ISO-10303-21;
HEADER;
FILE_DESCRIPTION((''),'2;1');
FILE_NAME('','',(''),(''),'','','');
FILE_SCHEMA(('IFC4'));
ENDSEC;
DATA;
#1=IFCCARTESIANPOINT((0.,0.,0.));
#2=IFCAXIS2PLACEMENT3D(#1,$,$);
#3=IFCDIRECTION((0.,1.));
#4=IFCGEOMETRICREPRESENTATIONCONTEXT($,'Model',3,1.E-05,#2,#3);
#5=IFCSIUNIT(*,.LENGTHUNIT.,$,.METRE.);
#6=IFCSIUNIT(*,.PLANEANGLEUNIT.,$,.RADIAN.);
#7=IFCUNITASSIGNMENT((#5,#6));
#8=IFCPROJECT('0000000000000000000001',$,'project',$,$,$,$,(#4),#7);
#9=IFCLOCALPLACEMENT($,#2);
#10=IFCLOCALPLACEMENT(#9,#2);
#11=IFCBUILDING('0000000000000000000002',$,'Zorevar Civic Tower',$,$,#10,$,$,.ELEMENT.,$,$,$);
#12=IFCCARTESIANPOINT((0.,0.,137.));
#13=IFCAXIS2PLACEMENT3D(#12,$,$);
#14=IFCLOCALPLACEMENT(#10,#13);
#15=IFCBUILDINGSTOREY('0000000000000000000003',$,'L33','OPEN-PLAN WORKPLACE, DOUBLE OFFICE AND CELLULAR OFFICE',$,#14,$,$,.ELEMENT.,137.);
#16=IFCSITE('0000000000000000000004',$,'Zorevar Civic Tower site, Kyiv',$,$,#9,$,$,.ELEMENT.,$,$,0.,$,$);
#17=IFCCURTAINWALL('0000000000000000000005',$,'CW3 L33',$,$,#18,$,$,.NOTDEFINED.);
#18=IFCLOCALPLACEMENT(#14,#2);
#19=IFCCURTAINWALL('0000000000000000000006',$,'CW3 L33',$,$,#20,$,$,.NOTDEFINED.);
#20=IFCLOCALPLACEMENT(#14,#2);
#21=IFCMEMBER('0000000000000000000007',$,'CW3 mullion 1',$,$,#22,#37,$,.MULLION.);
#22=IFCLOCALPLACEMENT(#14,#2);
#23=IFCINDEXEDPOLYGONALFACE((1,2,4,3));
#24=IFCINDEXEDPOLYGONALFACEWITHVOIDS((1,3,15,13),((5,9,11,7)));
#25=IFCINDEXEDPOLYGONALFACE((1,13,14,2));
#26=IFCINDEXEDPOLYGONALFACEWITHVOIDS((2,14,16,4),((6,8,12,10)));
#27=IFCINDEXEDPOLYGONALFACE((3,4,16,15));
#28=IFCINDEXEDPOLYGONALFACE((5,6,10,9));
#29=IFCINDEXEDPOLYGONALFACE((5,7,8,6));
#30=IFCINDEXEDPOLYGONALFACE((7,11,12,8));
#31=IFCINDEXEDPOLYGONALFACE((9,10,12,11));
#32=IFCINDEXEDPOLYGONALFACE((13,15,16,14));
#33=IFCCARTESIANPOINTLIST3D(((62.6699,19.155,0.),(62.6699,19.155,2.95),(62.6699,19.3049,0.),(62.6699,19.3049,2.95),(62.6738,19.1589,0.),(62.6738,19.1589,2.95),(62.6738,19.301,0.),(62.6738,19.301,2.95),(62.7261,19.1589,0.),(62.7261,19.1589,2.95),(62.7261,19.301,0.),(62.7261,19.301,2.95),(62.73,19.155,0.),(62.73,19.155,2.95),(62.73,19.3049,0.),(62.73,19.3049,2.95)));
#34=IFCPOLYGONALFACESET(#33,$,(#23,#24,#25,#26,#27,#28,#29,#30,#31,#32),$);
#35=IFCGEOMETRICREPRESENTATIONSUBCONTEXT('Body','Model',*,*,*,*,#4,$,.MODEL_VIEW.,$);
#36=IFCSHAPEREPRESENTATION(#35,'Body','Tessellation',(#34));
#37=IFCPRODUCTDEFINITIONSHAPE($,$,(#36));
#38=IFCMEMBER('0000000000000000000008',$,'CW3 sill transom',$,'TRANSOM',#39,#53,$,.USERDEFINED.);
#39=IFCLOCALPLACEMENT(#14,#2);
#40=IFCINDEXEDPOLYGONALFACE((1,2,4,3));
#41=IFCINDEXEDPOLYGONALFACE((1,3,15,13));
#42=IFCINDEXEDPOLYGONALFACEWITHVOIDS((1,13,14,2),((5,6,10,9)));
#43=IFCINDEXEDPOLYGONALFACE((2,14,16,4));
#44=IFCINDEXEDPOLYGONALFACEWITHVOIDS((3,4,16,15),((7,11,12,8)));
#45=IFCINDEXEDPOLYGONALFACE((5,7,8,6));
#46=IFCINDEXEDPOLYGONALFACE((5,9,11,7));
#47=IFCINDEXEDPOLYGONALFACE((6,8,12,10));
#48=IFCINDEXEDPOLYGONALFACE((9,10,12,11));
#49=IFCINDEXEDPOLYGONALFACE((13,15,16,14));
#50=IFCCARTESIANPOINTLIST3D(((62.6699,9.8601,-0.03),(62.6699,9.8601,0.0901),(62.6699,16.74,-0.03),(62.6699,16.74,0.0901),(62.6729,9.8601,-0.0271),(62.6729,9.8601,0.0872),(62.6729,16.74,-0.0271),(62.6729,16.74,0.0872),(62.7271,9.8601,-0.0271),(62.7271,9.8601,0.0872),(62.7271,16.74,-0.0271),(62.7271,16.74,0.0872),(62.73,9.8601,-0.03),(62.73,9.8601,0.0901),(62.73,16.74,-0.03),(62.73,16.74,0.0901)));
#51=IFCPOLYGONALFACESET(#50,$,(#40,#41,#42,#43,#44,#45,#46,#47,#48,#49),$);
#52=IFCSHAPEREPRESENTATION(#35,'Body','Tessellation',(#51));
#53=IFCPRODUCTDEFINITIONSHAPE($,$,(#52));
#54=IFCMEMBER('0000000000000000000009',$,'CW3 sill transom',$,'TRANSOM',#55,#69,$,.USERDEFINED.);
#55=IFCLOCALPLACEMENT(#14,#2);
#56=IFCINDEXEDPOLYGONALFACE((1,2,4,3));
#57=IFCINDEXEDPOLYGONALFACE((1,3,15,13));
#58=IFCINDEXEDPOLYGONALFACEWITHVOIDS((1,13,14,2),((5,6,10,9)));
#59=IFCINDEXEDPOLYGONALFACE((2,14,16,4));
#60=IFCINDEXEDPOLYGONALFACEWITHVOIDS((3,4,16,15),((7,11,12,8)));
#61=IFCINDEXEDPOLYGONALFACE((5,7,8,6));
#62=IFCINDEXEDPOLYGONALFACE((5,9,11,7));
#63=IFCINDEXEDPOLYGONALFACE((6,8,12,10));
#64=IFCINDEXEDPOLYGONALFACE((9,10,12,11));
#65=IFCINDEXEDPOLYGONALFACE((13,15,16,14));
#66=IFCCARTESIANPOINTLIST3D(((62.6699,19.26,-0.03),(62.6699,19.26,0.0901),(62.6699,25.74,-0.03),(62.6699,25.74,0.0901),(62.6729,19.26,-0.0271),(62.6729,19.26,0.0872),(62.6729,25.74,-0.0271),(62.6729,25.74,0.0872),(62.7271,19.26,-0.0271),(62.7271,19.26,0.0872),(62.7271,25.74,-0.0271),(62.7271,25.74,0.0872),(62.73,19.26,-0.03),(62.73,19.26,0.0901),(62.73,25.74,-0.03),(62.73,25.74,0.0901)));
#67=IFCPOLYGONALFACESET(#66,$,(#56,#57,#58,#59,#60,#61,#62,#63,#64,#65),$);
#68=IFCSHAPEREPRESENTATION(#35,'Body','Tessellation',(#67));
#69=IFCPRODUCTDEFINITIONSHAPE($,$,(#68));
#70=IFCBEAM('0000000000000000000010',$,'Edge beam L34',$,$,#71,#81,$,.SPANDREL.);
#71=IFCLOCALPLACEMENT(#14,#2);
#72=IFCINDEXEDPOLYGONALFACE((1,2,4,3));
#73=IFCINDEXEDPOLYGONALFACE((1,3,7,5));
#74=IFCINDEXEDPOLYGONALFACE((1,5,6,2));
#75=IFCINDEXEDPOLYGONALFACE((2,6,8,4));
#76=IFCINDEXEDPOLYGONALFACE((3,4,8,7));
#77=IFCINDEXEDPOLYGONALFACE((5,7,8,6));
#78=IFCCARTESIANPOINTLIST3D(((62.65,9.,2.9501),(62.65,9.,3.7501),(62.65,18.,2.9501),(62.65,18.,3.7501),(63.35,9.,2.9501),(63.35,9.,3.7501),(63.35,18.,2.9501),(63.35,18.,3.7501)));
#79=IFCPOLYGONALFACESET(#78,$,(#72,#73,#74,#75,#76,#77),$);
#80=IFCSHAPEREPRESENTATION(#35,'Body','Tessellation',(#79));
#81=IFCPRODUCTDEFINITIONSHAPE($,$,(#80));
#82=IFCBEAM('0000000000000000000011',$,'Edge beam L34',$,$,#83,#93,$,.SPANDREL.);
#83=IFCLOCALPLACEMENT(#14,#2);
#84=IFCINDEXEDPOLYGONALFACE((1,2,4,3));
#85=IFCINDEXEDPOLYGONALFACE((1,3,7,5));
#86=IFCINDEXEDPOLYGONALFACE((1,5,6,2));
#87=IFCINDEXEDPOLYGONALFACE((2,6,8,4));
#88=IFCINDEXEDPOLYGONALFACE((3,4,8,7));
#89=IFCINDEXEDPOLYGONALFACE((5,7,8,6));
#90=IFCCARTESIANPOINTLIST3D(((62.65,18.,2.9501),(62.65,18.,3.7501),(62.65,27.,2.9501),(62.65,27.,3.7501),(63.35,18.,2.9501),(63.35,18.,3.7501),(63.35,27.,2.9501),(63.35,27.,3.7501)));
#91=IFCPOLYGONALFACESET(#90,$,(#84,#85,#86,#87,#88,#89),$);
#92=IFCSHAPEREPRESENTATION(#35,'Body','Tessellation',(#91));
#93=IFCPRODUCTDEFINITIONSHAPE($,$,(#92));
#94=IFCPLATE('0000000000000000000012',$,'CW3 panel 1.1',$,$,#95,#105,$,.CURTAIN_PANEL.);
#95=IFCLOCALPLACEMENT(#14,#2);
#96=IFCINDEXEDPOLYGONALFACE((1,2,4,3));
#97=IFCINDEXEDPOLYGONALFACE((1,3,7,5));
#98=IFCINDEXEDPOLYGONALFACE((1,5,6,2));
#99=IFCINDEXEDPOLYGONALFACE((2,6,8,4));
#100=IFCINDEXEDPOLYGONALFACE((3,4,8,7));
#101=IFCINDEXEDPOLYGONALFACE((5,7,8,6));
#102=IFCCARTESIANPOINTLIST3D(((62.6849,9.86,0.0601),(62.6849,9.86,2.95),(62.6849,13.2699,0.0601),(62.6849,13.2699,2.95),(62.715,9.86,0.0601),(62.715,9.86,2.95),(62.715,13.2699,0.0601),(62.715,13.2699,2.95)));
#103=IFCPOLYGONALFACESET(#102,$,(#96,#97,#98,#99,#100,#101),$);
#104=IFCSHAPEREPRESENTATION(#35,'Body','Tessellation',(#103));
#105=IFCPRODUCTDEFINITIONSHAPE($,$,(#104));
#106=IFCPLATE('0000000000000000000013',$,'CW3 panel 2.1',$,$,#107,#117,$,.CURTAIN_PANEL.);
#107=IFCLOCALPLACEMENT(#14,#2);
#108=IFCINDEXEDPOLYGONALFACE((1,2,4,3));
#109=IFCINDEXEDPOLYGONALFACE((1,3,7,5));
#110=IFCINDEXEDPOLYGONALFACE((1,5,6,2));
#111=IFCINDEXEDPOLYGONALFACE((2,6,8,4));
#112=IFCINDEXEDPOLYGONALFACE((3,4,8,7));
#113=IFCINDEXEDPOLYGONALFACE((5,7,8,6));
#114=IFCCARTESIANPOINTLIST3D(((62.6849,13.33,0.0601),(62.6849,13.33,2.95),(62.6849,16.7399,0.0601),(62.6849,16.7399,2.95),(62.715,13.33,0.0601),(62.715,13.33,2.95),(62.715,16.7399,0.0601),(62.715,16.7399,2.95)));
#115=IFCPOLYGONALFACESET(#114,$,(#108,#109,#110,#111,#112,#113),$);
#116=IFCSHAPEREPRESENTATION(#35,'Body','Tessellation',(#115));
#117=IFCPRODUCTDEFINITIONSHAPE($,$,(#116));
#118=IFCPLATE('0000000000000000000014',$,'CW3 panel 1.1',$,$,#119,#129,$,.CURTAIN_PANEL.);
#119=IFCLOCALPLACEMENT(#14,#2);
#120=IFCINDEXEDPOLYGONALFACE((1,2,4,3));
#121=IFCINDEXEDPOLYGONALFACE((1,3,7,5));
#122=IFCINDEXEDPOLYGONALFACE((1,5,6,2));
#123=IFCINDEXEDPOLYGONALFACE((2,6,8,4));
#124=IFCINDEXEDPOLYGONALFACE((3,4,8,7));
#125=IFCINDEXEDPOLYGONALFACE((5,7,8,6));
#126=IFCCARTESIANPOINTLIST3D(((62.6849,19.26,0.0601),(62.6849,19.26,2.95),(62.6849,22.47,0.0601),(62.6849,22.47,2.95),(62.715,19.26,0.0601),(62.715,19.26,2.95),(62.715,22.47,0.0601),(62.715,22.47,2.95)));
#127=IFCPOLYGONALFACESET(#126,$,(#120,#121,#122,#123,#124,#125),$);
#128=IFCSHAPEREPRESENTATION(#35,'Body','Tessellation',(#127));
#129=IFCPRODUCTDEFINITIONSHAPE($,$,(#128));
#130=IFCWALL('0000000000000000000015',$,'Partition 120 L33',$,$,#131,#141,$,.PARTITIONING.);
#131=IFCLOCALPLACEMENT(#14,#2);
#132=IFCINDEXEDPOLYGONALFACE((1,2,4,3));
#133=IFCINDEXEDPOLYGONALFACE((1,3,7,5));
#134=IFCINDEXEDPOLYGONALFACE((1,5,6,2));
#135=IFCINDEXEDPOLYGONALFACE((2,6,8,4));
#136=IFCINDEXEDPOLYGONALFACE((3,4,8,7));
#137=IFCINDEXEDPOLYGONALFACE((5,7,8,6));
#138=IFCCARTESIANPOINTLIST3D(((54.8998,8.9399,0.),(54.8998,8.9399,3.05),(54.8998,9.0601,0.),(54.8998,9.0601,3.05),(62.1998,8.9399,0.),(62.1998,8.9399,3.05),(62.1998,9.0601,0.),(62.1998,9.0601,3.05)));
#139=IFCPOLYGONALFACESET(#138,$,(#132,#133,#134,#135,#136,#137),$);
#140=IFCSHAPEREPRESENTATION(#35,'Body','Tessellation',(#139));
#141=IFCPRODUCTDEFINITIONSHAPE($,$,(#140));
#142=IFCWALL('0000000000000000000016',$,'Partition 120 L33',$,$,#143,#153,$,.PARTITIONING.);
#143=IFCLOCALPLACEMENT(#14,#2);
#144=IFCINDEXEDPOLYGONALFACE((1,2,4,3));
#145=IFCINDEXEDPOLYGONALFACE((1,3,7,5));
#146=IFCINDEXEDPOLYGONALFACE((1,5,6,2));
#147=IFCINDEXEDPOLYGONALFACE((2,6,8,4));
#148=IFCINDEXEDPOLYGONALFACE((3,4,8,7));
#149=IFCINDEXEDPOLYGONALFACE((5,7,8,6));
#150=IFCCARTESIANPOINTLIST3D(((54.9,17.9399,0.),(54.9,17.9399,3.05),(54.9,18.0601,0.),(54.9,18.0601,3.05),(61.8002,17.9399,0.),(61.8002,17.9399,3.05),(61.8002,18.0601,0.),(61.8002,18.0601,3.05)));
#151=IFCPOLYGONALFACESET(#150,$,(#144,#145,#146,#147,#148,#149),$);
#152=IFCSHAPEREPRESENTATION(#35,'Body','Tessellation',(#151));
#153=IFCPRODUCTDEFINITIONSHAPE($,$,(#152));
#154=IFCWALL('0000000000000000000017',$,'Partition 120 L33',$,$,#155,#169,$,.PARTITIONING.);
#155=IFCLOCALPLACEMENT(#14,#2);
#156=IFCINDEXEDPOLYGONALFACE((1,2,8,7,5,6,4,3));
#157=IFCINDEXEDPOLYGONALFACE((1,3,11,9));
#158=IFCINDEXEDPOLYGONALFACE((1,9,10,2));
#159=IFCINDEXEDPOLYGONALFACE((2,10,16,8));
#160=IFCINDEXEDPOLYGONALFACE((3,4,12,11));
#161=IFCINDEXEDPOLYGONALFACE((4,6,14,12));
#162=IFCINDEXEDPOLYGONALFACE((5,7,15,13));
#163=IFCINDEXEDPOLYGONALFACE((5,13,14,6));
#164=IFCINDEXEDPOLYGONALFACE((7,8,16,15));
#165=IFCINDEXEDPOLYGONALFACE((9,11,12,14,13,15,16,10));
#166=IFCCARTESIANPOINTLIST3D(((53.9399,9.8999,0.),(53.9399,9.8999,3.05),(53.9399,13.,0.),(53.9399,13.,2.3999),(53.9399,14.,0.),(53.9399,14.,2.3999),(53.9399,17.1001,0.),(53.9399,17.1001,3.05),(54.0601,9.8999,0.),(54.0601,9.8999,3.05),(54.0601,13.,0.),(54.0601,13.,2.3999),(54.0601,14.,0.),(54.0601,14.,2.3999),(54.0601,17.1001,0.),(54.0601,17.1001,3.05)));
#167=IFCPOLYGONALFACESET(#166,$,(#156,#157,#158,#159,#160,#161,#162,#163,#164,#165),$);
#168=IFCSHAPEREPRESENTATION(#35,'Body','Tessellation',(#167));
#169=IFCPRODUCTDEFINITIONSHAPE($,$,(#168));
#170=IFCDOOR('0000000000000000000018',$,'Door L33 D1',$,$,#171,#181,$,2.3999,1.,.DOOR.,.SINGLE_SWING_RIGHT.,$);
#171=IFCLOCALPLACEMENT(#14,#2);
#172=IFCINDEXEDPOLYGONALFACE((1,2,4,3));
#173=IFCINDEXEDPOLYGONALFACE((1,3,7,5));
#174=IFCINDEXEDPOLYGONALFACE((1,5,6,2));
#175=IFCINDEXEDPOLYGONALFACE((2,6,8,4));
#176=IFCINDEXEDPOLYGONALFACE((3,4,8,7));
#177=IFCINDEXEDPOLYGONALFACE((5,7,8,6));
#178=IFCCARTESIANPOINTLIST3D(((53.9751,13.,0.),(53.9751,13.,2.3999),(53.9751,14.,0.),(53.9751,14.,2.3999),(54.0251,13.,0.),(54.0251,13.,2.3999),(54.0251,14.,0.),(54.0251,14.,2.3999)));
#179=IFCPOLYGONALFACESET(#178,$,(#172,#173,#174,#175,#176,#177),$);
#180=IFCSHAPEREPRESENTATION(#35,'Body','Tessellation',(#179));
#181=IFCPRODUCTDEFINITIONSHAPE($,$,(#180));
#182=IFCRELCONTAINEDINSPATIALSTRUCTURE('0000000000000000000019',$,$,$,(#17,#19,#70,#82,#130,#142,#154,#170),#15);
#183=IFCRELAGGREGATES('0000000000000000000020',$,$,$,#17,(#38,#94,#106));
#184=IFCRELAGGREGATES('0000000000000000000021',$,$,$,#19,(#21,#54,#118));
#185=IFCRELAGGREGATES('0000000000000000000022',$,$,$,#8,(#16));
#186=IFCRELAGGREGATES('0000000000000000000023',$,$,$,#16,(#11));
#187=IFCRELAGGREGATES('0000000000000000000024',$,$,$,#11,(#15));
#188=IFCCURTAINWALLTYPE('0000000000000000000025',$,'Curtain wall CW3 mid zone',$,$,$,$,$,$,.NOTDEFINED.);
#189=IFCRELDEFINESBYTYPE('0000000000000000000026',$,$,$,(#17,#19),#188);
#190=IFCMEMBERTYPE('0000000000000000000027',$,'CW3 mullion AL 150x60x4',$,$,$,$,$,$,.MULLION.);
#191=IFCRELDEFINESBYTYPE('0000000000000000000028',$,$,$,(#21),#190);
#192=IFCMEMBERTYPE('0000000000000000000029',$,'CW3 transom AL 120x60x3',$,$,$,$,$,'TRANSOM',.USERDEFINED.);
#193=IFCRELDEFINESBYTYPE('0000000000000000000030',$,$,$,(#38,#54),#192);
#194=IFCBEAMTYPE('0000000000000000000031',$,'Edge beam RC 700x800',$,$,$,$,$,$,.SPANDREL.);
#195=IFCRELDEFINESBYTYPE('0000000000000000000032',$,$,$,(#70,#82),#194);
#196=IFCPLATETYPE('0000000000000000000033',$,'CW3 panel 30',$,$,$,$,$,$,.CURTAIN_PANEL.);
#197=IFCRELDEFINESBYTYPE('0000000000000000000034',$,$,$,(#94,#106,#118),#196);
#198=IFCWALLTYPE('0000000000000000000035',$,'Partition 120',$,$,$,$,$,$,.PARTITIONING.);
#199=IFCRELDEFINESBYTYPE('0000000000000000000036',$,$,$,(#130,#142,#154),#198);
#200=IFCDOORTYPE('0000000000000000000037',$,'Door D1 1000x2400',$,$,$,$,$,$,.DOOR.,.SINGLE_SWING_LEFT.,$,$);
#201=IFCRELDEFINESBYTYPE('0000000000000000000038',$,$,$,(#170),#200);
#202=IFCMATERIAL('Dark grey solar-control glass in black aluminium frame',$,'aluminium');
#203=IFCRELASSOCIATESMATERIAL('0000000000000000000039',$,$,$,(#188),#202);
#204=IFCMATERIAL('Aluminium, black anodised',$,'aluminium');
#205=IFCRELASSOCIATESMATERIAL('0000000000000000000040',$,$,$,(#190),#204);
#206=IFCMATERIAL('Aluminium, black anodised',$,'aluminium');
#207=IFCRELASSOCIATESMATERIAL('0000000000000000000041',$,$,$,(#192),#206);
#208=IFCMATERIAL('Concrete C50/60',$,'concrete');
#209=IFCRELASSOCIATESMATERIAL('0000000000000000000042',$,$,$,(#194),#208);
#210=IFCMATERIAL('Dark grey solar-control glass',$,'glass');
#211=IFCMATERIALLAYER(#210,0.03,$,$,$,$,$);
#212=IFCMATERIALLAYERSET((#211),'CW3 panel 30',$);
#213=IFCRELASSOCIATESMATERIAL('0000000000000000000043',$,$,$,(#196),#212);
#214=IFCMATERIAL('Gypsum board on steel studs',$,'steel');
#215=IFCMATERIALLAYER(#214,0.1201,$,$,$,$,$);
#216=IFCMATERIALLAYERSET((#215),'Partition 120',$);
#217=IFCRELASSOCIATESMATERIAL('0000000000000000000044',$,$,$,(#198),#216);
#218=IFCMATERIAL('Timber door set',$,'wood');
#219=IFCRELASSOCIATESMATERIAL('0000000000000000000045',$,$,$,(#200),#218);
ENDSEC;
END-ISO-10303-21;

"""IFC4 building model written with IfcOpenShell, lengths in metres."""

from ifc_helpers import new_model, si_unit, direction, frame, frame_2d, origin, origin_2d, place, context, subcontext, project, spatial, rectangle, hollow_rectangle, extrude, material, layer, layer_set, material_profile, profile_set, type_object, element, fill, aggregate, save


model = new_model("IFC4")

# Units and contexts
model_context = context("Model", 3, precision=1e-05, world=origin(), true_north=direction((0.0, 1.0)))
body_context = subcontext(model_context, "Body", "Model", "MODEL_VIEW")
ifc_project = project(units=[si_unit("LENGTHUNIT", "METRE"), si_unit("PLANEANGLEUNIT", "RADIAN")], contexts=[model_context])

# Site, building, storey
site_placement = place(None, origin())
site = spatial("IfcSite", under=ifc_project, at=site_placement, Name="Zorevar Civic Tower site, Kyiv", CompositionType="ELEMENT", RefElevation=0.0)
building_placement = place(site_placement, origin())
building = spatial("IfcBuilding", under=site, at=building_placement, Name="Zorevar Civic Tower", CompositionType="ELEMENT")
storey_placement = place(building_placement, frame((0.0, 0.0, 137.0)))
storey = spatial("IfcBuildingStorey", under=building, at=storey_placement, Name="L33", Description="OPEN-PLAN WORKPLACE, DOUBLE OFFICE AND CELLULAR OFFICE", CompositionType="ELEMENT", Elevation=137.0)

# Curtain wall
ifc_material_1 = material(Name="Dark grey solar-control glass in black aluminium frame", Category="aluminium")
curtain_wall_type = type_object("IfcCurtainWallType", Name="Curtain wall CW3 mid zone", PredefinedType="NOTDEFINED", material=ifc_material_1)
curtain_wall_1_placement = place(storey_placement, origin())
curtain_wall_1 = element("IfcCurtainWall", 1, at=curtain_wall_1_placement, inside=storey, type_object=curtain_wall_type, Name="CW3 L33", PredefinedType="NOTDEFINED")
ifc_material_2 = material(Name="Aluminium, black anodised", Category="aluminium")
ifc_material_profile_1 = material_profile(ifc_material_2, hollow_rectangle(XDim=0.0601, YDim=0.1499, WallThickness=0.0039, at=origin_2d()), Name="AL 150x60x4")
ifc_profile_set_1 = profile_set([ifc_material_profile_1], Name="Aluminium, black anodised")
member_type_1 = type_object("IfcMemberType", Name="CW3 mullion AL 150x60x4", PredefinedType="MULLION", material=ifc_profile_set_1)

# Curtain wall, member
curtain_wall_2_placement = place(storey_placement, origin())
curtain_wall_2 = element("IfcCurtainWall", 2, at=curtain_wall_2_placement, inside=storey, type_object=curtain_wall_type, Name="CW3 L33", PredefinedType="NOTDEFINED")
member_1_placement = place(storey_placement, frame((62.7, 19.23, 0.0), z_axis=(0.0, 0.0, 1.0), x_axis=(-1.0, 0.0, 0.0)))
member_1 = element("IfcMember", 3, at=member_1_placement, type_object=member_type_1, Name="CW3 mullion 1", PredefinedType="MULLION", context=body_context, shape_type="SweptSolid", body=[
    extrude(hollow_rectangle(XDim=0.0601, YDim=0.1499, WallThickness=0.0039, at=origin_2d()), origin(), (0.0, 0.0, 1.0), 2.95),
])

# Members
ifc_material_3 = material(Name="Aluminium, black anodised", Category="aluminium")
ifc_material_profile_2 = material_profile(ifc_material_3, hollow_rectangle(XDim=0.0601, YDim=0.1201, WallThickness=0.0029, at=origin_2d()), Name="AL 120x60x3")
ifc_profile_set_2 = profile_set([ifc_material_profile_2], Name="Aluminium, black anodised")
member_type_2 = type_object("IfcMemberType", Name="CW3 transom AL 120x60x3", ElementType="TRANSOM", PredefinedType="USERDEFINED", material=ifc_profile_set_2)
member_2_placement = place(storey_placement, frame((62.7, 9.8601, 0.03), z_axis=(0.0, 1.0, 0.0), x_axis=(-1.0, 0.0, 0.0)))
member_2 = element("IfcMember", 4, at=member_2_placement, type_object=member_type_2, Name="CW3 sill transom", ObjectType="TRANSOM", PredefinedType="USERDEFINED", context=body_context, shape_type="SweptSolid", body=[
    extrude(hollow_rectangle(XDim=0.0601, YDim=0.1201, WallThickness=0.0029, at=origin_2d()), origin(), (0.0, 0.0, 1.0), 6.8799),
])
member_3_placement = place(storey_placement, frame((62.7, 19.26, 0.03), z_axis=(0.0, 1.0, 0.0), x_axis=(-1.0, 0.0, 0.0)))
member_3 = element("IfcMember", 5, at=member_3_placement, type_object=member_type_2, Name="CW3 sill transom", ObjectType="TRANSOM", PredefinedType="USERDEFINED", context=body_context, shape_type="SweptSolid", body=[
    extrude(hollow_rectangle(XDim=0.0601, YDim=0.1201, WallThickness=0.0029, at=origin_2d()), origin(), (0.0, 0.0, 1.0), 6.48),
])

# Beams
ifc_material_4 = material(Name="Concrete C50/60", Category="concrete")
ifc_material_profile_3 = material_profile(ifc_material_4, rectangle(XDim=0.7, YDim=0.8, at=origin_2d()), Name="RC 700x800")
ifc_profile_set_3 = profile_set([ifc_material_profile_3], Name="Concrete C50/60")
beam_type_1 = type_object("IfcBeamType", Name="Edge beam RC 700x800", PredefinedType="SPANDREL", material=ifc_profile_set_3)
for number, where, z_axis, x_axis, name in (
    (6, (63.0, 9.0, 3.3501), (0.0, 1.0, 0.0), (-1.0, 0.0, 0.0), "Edge beam L34"),
    (7, (63.0, 18.0, 3.3501), (0.0, 1.0, 0.0), (-1.0, 0.0, 0.0), "Edge beam L34"),
):
    element("IfcBeam", number, at=place(storey_placement, frame(where, z_axis=z_axis, x_axis=x_axis)), inside=storey, type_object=beam_type_1, Name=name, PredefinedType="SPANDREL", context=body_context, shape_type="SweptSolid", body=[
        extrude(rectangle(XDim=0.7, YDim=0.8, at=origin_2d()), origin(), (0.0, 0.0, 1.0), 9.0),
    ])

# Plates
ifc_material_5 = material(Name="Dark grey solar-control glass", Category="glass")
ifc_layer_1 = layer(ifc_material_5, 0.03)
ifc_layer_set_1 = layer_set([ifc_layer_1], Name="CW3 panel 30")
plate_type = type_object("IfcPlateType", Name="CW3 panel 30", PredefinedType="CURTAIN_PANEL", material=ifc_layer_set_1)
plate_1_placement = place(storey_placement, frame((62.7, 11.5649, 0.0601), z_axis=(0.0, 0.0, 1.0), x_axis=(0.0, 1.0, 0.0)))
plate_1 = element("IfcPlate", 8, at=plate_1_placement, type_object=plate_type, Name="CW3 panel 1.1", PredefinedType="CURTAIN_PANEL", context=body_context, shape_type="SweptSolid", body=[
    extrude(rectangle(XDim=3.4099, YDim=0.03, at=origin_2d()), origin(), (0.0, 0.0, 1.0), 2.8899),
])
plate_2_placement = place(storey_placement, frame((62.7, 15.0349, 0.0601), z_axis=(0.0, 0.0, 1.0), x_axis=(0.0, 1.0, 0.0)))
plate_2 = element("IfcPlate", 9, at=plate_2_placement, type_object=plate_type, Name="CW3 panel 2.1", PredefinedType="CURTAIN_PANEL", context=body_context, shape_type="SweptSolid", body=[
    extrude(rectangle(XDim=3.4099, YDim=0.03, at=origin_2d()), origin(), (0.0, 0.0, 1.0), 2.8899),
])
aggregate(curtain_wall_1, [member_2, plate_1, plate_2])
plate_3_placement = place(storey_placement, frame((62.7, 20.865, 0.0601), z_axis=(0.0, 0.0, 1.0), x_axis=(0.0, 1.0, 0.0)))
plate_3 = element("IfcPlate", 10, at=plate_3_placement, type_object=plate_type, Name="CW3 panel 1.1", PredefinedType="CURTAIN_PANEL", context=body_context, shape_type="SweptSolid", body=[
    extrude(rectangle(XDim=3.21, YDim=0.03, at=origin_2d()), origin(), (0.0, 0.0, 1.0), 2.8899),
])
aggregate(curtain_wall_2, [member_1, member_3, plate_3])

# Walls
ifc_material_6 = material(Name="Gypsum board on steel studs", Category="steel")
ifc_layer_2 = layer(ifc_material_6, 0.1201)
ifc_layer_set_2 = layer_set([ifc_layer_2], Name="Partition 120")
wall_type_1 = type_object("IfcWallType", Name="Partition 120", PredefinedType="PARTITIONING", material=ifc_layer_set_2)
wall_1_placement = place(storey_placement, frame((54.8999, 9.0, 0.0), z_axis=(0.0, 0.0, 1.0), x_axis=(1.0, 0.0, 0.0)))
element("IfcWall", 11, at=wall_1_placement, inside=storey, type_object=wall_type_1, Name="Partition 120 L33", PredefinedType="PARTITIONING", context=body_context, shape_type="SweptSolid", body=[
    extrude(rectangle(XDim=7.3, YDim=0.1201, at=frame_2d((3.6499, 0.0))), origin(), (0.0, 0.0, 1.0), 3.05),
])
wall_2_placement = place(storey_placement, frame((54.8999, 18.0, 0.0), z_axis=(0.0, 0.0, 1.0), x_axis=(1.0, 0.0, 0.0)))
element("IfcWall", 12, at=wall_2_placement, inside=storey, type_object=wall_type_1, Name="Partition 120 L33", PredefinedType="PARTITIONING", context=body_context, shape_type="SweptSolid", body=[
    extrude(rectangle(XDim=6.9001, YDim=0.1201, at=frame_2d((3.4502, 0.0))), origin(), (0.0, 0.0, 1.0), 3.05),
])

# Wall, opening, door
wall_3_placement = place(storey_placement, frame((54.0, 9.8999, 0.0), z_axis=(0.0, 0.0, 1.0), x_axis=(0.0, 1.0, 0.0)))
wall_3 = element("IfcWall", 13, at=wall_3_placement, inside=storey, type_object=wall_type_1, Name="Partition 120 L33", PredefinedType="PARTITIONING", context=body_context, shape_type="SweptSolid", body=[
    extrude(rectangle(XDim=7.2002, YDim=0.1201, at=frame_2d((3.6001, 0.0))), origin(), (0.0, 0.0, 1.0), 3.05),
])
opening_1_placement = place(wall_3_placement, frame((3.1001, 0.0, 0.0)))
opening_1 = element("IfcOpeningElement", 14, at=opening_1_placement, cuts=wall_3, PredefinedType="OPENING", context=body_context, shape_type="SweptSolid", body=[
    extrude(rectangle(XDim=1.0, YDim=2.3999, at=frame_2d((0.5, 1.2))), frame((0.0, 0.0701, 0.0), z_axis=(0.0, -1.0, 0.0), x_axis=(1.0, 0.0, 0.0)), (0.0, 0.0, 1.0), 0.1401),
])
ifc_material_7 = material(Name="Timber door set", Category="wood")
door_type_1 = type_object("IfcDoorType", Name="Door D1 1000x2400", OperationType="SINGLE_SWING_LEFT", PredefinedType="DOOR", material=ifc_material_7)
door_1_placement = place(opening_1_placement, origin())
door_1 = element("IfcDoor", 15, at=door_1_placement, inside=storey, type_object=door_type_1, Name="Door L33 D1", OperationType="SINGLE_SWING_RIGHT", OverallHeight=2.3999, OverallWidth=1.0, PredefinedType="DOOR", context=body_context, shape_type="SweptSolid", body=[
    extrude(rectangle(XDim=1.0, YDim=2.3999, at=frame_2d((0.5, 1.2))), frame((0.0, 0.0249, 0.0), z_axis=(0.0, -1.0, 0.0), x_axis=(1.0, 0.0, 0.0)), (0.0, 0.0, 1.0), 0.05),
])
fill(opening_1, door_1)

save(model, "model.ifc")
